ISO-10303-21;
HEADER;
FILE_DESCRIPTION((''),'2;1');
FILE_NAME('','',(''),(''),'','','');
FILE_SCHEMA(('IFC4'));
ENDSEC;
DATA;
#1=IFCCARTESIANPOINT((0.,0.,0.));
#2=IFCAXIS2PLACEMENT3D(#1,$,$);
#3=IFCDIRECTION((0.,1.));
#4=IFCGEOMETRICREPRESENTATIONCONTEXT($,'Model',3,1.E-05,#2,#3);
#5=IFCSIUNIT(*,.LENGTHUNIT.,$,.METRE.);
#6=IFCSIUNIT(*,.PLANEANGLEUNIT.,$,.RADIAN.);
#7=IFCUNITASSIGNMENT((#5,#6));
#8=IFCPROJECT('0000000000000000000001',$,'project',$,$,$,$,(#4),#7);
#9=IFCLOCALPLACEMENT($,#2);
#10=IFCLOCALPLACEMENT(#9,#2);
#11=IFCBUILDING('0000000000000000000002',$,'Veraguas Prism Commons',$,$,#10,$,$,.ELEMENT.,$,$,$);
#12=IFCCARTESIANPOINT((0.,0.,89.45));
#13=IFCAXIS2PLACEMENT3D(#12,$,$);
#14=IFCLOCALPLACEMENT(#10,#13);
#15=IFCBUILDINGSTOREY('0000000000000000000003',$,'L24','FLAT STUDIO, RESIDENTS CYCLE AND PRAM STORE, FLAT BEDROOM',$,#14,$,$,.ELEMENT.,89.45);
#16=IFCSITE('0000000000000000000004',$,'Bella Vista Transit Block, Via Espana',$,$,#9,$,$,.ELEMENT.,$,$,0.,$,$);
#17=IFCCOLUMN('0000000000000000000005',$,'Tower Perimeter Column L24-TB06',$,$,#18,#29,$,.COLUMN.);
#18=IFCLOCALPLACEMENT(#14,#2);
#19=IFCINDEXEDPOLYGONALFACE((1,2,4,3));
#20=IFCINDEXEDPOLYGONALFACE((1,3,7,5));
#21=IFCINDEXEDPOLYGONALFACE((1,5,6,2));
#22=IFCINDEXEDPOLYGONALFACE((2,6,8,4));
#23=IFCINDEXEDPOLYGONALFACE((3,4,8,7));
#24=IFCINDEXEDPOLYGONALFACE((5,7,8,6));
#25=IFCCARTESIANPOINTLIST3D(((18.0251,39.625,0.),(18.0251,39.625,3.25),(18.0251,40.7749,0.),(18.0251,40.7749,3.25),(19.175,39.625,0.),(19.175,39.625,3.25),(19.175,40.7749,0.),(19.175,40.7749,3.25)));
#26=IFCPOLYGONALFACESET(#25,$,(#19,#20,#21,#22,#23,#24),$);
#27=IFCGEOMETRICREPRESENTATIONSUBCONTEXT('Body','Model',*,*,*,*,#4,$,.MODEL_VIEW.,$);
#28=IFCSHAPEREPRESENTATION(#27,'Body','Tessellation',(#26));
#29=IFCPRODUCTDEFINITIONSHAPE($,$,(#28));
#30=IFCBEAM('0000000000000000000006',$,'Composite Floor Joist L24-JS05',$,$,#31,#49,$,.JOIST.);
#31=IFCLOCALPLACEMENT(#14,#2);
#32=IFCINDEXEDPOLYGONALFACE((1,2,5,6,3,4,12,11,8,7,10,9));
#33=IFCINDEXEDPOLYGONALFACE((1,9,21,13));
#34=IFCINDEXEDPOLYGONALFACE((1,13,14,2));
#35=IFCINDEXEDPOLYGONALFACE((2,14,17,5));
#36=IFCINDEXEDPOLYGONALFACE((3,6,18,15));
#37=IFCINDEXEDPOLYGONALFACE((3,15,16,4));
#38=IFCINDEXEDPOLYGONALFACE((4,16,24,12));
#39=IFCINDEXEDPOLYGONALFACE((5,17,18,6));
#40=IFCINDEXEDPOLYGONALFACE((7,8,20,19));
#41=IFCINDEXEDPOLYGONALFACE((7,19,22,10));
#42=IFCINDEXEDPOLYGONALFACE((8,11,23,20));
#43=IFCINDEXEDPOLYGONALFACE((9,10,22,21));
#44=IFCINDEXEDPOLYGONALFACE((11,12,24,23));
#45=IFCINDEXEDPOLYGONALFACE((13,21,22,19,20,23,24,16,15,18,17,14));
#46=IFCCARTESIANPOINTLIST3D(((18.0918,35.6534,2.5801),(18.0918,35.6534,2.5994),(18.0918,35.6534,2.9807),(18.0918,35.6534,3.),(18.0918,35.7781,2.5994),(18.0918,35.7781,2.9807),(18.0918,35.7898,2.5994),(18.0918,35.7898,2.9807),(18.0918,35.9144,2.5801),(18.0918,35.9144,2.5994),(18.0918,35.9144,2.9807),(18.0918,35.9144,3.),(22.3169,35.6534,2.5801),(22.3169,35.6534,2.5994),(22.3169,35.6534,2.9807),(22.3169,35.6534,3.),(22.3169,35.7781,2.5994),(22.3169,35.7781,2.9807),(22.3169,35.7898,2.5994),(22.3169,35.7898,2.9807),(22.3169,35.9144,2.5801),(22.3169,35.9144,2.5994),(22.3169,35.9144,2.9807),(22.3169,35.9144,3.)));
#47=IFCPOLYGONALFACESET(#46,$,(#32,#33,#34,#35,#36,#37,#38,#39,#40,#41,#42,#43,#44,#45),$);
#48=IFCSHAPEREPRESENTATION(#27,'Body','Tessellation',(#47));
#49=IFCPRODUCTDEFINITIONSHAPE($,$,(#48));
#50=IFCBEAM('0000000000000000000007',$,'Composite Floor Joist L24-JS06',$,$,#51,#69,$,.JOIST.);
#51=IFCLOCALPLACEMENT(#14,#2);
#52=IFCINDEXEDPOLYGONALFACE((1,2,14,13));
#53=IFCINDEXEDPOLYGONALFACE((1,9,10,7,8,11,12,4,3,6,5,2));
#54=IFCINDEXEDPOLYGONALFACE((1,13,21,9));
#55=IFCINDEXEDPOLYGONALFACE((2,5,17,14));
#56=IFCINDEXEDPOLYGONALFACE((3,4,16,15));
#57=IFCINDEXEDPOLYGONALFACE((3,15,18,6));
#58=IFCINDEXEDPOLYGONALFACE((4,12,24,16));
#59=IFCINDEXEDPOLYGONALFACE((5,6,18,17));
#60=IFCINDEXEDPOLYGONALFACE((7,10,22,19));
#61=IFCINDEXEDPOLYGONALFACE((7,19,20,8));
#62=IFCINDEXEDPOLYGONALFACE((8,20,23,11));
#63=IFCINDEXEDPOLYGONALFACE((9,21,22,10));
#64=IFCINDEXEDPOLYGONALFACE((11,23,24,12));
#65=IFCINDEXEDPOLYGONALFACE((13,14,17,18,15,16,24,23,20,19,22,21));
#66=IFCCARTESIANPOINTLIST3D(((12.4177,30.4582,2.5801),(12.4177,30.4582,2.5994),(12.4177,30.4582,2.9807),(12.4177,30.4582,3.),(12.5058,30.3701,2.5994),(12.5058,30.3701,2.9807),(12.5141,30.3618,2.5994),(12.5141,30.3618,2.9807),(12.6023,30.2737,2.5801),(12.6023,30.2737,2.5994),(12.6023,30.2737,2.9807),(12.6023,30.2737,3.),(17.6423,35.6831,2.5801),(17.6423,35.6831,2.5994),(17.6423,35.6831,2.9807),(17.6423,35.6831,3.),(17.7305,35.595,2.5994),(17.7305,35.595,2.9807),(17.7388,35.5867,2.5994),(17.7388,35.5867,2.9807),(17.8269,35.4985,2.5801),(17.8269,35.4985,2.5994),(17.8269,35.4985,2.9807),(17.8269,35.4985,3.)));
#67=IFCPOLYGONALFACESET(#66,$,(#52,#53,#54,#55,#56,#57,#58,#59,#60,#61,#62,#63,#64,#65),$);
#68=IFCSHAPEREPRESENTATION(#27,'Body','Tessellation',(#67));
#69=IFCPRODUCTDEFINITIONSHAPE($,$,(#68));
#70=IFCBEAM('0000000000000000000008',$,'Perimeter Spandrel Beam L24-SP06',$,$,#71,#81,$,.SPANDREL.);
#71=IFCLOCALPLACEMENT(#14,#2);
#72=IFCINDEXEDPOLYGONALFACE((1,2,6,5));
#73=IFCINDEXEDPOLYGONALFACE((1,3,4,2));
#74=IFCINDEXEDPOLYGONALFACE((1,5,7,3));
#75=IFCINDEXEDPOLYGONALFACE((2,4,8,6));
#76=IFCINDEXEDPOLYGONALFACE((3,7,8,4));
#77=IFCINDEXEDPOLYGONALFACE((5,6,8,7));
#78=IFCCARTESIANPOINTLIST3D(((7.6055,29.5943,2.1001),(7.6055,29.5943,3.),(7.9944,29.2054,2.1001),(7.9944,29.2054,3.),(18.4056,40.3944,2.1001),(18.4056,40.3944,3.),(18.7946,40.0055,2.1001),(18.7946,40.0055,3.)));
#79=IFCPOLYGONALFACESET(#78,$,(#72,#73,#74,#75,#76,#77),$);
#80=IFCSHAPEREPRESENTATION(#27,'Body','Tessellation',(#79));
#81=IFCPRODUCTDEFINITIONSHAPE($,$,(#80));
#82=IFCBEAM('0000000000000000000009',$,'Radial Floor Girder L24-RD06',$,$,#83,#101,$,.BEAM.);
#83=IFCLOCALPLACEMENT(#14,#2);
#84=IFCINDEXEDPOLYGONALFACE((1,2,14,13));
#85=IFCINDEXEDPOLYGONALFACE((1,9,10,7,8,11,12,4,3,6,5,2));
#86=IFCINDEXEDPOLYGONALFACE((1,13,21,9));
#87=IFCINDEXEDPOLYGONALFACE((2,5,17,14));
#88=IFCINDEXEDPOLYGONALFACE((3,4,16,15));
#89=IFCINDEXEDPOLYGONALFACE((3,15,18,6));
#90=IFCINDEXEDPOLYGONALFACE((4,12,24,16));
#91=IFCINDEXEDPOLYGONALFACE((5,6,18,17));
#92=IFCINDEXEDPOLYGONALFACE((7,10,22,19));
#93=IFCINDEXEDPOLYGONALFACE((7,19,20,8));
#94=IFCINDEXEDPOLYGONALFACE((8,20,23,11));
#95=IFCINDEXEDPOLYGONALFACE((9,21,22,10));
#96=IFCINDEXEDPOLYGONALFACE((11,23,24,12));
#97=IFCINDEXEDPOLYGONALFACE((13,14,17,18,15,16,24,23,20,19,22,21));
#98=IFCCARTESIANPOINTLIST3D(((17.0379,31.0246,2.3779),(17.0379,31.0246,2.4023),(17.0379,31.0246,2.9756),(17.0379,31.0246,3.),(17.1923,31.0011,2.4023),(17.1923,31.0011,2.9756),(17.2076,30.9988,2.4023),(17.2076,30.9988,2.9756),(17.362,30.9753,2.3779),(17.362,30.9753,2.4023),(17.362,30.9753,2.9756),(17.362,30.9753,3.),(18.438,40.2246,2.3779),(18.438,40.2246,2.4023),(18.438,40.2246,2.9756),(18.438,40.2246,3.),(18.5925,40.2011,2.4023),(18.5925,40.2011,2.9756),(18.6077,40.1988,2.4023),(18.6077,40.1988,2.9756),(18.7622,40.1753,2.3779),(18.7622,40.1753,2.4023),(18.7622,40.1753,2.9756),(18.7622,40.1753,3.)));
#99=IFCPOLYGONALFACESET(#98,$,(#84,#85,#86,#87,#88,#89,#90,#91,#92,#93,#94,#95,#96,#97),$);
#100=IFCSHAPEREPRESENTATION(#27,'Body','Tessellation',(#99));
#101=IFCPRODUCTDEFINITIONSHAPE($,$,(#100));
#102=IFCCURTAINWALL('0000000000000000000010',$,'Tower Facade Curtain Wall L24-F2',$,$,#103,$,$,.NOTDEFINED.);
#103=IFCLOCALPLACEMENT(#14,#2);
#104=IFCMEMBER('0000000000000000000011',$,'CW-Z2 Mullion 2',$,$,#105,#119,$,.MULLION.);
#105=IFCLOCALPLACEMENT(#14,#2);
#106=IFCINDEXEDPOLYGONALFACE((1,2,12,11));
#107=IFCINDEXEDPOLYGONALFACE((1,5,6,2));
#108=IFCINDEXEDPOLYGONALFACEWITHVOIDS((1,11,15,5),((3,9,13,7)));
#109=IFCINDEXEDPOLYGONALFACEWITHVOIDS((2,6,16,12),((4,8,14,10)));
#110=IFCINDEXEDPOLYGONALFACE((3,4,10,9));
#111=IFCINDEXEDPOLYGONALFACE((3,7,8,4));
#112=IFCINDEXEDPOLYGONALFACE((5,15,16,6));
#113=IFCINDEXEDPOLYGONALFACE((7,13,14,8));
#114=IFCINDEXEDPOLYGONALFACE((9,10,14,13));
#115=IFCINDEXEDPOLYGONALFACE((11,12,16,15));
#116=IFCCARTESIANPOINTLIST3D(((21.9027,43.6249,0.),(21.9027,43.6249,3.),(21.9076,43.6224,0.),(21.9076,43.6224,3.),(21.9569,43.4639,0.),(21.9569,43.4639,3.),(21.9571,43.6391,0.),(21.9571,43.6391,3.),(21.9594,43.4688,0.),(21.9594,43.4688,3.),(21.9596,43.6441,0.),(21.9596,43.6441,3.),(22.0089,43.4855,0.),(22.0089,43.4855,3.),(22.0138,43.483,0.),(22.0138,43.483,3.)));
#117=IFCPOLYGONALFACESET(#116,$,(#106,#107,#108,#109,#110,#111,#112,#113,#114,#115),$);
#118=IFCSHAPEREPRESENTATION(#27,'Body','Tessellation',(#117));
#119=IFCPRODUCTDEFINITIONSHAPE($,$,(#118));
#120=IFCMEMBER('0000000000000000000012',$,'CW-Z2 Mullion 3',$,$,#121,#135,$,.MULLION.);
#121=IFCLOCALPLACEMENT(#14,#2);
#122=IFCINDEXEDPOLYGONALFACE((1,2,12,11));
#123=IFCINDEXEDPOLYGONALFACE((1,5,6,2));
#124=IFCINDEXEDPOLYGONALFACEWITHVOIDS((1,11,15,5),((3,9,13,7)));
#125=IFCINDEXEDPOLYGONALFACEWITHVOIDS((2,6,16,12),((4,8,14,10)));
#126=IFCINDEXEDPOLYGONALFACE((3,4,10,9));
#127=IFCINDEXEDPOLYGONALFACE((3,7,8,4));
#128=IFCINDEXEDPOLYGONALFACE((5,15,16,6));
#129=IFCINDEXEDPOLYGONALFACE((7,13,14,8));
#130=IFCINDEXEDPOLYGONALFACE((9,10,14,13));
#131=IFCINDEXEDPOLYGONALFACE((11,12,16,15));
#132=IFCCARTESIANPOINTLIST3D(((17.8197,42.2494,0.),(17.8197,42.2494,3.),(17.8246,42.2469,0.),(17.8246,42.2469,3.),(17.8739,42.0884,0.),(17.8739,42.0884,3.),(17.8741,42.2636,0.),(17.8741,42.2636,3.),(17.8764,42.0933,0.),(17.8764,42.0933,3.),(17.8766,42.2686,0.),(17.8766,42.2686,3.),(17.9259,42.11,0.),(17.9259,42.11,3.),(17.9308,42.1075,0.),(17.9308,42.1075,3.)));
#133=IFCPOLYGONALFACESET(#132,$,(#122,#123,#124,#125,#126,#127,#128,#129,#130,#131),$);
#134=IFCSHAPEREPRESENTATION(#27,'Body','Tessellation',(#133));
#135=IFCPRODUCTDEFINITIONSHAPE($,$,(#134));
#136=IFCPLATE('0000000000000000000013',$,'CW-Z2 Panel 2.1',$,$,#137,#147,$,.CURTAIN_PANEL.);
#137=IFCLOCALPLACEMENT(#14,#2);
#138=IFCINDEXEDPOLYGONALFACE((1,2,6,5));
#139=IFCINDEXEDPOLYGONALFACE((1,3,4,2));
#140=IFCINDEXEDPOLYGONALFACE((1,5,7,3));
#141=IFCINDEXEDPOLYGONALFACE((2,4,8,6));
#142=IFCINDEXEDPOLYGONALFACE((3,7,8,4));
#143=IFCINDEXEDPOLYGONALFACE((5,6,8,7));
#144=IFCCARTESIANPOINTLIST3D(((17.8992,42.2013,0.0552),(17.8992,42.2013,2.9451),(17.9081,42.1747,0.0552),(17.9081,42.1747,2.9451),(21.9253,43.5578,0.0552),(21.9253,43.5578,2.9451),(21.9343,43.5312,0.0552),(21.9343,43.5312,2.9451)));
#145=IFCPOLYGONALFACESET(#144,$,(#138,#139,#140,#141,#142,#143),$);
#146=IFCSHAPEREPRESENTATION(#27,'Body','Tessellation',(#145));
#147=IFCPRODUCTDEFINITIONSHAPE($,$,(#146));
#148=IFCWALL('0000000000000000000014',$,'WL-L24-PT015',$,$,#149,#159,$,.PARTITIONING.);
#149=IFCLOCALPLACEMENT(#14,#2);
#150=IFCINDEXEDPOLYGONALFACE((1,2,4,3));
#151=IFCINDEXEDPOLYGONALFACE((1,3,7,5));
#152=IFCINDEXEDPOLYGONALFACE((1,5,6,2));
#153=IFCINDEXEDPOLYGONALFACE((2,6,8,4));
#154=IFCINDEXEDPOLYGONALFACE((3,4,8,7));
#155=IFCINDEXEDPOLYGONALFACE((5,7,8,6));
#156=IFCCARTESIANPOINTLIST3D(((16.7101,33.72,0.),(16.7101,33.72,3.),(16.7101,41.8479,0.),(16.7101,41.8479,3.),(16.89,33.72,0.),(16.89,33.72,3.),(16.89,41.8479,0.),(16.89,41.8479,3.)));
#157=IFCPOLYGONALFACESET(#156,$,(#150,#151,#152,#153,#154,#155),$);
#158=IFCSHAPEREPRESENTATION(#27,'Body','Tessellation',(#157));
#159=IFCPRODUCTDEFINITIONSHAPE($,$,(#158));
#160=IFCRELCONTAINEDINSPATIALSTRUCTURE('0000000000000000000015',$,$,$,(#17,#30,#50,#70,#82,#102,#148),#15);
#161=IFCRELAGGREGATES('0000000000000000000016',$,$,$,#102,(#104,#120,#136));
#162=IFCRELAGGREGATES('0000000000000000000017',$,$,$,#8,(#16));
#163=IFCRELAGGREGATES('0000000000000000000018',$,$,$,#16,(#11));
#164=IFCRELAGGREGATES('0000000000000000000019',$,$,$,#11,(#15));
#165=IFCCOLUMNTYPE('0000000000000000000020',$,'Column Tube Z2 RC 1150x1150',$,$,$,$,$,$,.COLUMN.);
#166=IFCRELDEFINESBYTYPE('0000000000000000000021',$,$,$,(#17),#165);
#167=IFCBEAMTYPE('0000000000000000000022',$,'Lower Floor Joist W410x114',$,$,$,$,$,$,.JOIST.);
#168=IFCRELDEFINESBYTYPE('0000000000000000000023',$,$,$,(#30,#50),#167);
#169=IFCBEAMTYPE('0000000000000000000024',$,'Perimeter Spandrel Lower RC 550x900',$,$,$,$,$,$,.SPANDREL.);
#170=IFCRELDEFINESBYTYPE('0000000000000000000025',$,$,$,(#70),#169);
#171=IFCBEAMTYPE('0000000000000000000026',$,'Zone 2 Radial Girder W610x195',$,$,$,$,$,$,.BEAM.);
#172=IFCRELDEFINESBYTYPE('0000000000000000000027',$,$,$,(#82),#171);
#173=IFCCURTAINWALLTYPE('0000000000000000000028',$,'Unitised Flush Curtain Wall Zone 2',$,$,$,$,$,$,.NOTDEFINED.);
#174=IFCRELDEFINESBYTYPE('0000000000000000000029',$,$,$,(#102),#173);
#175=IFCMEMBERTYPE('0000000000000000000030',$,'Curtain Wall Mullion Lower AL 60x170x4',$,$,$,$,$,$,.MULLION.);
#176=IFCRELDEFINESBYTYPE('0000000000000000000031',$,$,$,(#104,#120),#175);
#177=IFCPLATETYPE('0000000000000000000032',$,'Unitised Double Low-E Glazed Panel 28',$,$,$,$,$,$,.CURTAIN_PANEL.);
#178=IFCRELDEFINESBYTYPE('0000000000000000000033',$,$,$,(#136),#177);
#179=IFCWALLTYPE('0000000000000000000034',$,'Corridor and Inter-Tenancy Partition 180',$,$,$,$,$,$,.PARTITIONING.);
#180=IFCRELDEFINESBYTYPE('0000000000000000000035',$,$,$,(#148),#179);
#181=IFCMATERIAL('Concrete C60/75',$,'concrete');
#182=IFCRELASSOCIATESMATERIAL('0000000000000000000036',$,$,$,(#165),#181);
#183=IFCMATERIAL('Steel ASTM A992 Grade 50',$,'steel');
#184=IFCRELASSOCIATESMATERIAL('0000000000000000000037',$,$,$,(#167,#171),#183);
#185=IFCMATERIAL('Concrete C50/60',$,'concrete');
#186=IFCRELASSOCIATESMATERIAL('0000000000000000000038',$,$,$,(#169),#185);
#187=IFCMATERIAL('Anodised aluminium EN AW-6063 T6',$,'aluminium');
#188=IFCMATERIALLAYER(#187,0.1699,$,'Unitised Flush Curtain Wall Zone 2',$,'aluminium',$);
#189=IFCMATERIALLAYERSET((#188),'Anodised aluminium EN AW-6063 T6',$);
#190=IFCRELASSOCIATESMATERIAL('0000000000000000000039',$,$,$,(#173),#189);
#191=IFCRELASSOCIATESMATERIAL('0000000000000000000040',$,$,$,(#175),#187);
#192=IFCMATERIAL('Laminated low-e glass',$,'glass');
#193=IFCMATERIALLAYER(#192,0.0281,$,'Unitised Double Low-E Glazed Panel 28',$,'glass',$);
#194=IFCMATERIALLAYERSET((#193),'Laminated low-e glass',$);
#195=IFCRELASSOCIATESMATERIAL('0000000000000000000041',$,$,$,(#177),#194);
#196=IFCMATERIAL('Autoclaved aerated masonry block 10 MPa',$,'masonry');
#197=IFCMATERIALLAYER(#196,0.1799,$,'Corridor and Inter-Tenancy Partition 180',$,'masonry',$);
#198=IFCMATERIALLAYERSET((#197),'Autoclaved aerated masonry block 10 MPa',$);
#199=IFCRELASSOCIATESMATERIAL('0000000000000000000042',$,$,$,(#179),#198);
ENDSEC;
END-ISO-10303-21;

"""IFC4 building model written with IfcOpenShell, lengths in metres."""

from ifc_helpers import new_model, si_unit, direction, frame, frame_2d, origin, origin_2d, place, context, subcontext, project, spatial, rectangle, hollow_rectangle, i_section, extrude, source, transform, mapped, material, layer, layer_set, material_profile, profile_set, type_object, element, aggregate, save


model = new_model("IFC4")

# Units and contexts
model_context = context("Model", 3, precision=1e-05, world=origin(), true_north=direction((0.0, 1.0)))
body_context = subcontext(model_context, "Body", "Model", "MODEL_VIEW")
ifc_project = project(units=[si_unit("LENGTHUNIT", "METRE"), si_unit("PLANEANGLEUNIT", "RADIAN")], contexts=[model_context])

# Site, building, storey
site_placement = place(None, origin())
site = spatial("IfcSite", under=ifc_project, at=site_placement, Name="Bella Vista Transit Block, Via Espana", CompositionType="ELEMENT", RefElevation=0.0)
building_placement = place(site_placement, origin())
building = spatial("IfcBuilding", under=site, at=building_placement, Name="Veraguas Prism Commons", CompositionType="ELEMENT")
storey_placement = place(building_placement, frame((0.0, 0.0, 89.45)))
storey = spatial("IfcBuildingStorey", under=building, at=storey_placement, Name="L24", Description="FLAT STUDIO, RESIDENTS CYCLE AND PRAM STORE, FLAT BEDROOM", CompositionType="ELEMENT", Elevation=89.45)

# Column
ifc_material_1 = material(Name="Concrete C60/75", Category="concrete")
ifc_material_profile_1 = material_profile(ifc_material_1, rectangle(XDim=1.1499, YDim=1.1499, at=origin_2d()), Name="RC1150X1150")
ifc_profile_set_1 = profile_set([ifc_material_profile_1], Name="Concrete C60/75")
column_type = type_object("IfcColumnType", Name="Column Tube Z2 RC 1150x1150", PredefinedType="COLUMN", material=ifc_profile_set_1)
column_placement = place(storey_placement, frame((18.6001, 40.2, 0.0), z_axis=(0.0, 0.0, 1.0), x_axis=(1.0, 0.0, 0.0)))
element("IfcColumn", 1, at=column_placement, inside=storey, type_object=column_type, Name="Tower Perimeter Column L24-TB06", PredefinedType="COLUMN", context=body_context, shape_type="SweptSolid", body=[
    extrude(rectangle(XDim=1.1499, YDim=1.1499, at=origin_2d()), origin(), (0.0, 0.0, 1.0), 3.25),
])

# Beams
ifc_material_2 = material(Name="Steel ASTM A992 Grade 50", Category="steel")
ifc_material_profile_2 = material_profile(ifc_material_2, i_section(OverallWidth=0.261, OverallDepth=0.4199, WebThickness=0.0117, FlangeThickness=0.0193, at=origin_2d()), Name="W410X114")
ifc_profile_set_2 = profile_set([ifc_material_profile_2], Name="Steel ASTM A992 Grade 50")
beam_type_1 = type_object("IfcBeamType", Name="Lower Floor Joist W410x114", PredefinedType="JOIST", material=ifc_profile_set_2)
beam_1_placement = place(storey_placement, frame((22.3169, 35.7839, 2.79), z_axis=(-1.0, 0.0, 0.0), x_axis=(0.0, -1.0, 0.0)))
element("IfcBeam", 2, at=beam_1_placement, inside=storey, type_object=beam_type_1, Name="Composite Floor Joist L24-JS05", PredefinedType="JOIST", context=body_context, shape_type="SweptSolid", body=[
    extrude(i_section(OverallWidth=0.261, OverallDepth=0.4199, WebThickness=0.0117, FlangeThickness=0.0193, at=origin_2d()), origin(), (0.0, 0.0, 1.0), 4.2251),
])
beam_2_placement = place(storey_placement, frame((17.7346, 35.5908, 2.79), z_axis=(-0.70709, -0.707123, 0.0), x_axis=(0.707123, -0.70709, 0.0)))
element("IfcBeam", 3, at=beam_2_placement, inside=storey, type_object=beam_type_1, Name="Composite Floor Joist L24-JS06", PredefinedType="JOIST", context=body_context, shape_type="SweptSolid", body=[
    extrude(i_section(OverallWidth=0.261, OverallDepth=0.4199, WebThickness=0.0117, FlangeThickness=0.0193, at=origin_2d()), origin(), (0.0, 0.0, 1.0), 7.3889),
])
ifc_material_3 = material(Name="Concrete C50/60", Category="concrete")
ifc_material_profile_3 = material_profile(ifc_material_3, rectangle(XDim=0.55, YDim=0.8999, at=origin_2d()), Name="RC550X900")
ifc_profile_set_3 = profile_set([ifc_material_profile_3], Name="Concrete C50/60")
beam_type_2 = type_object("IfcBeamType", Name="Perimeter Spandrel Lower RC 550x900", PredefinedType="SPANDREL", material=ifc_profile_set_3)
beam_3_placement = place(storey_placement, frame((18.6001, 40.2, 2.55), z_axis=(-0.707107, -0.707107, 0.0), x_axis=(0.707107, -0.707107, 0.0)))
element("IfcBeam", 4, at=beam_3_placement, inside=storey, type_object=beam_type_2, Name="Perimeter Spandrel Beam L24-SP06", PredefinedType="SPANDREL", context=body_context, shape_type="SweptSolid", body=[
    extrude(rectangle(XDim=0.55, YDim=0.8999, at=origin_2d()), origin(), (0.0, 0.0, 1.0), 15.2737),
])
ifc_material_profile_4 = material_profile(ifc_material_2, i_section(OverallWidth=0.3279, OverallDepth=0.6221, WebThickness=0.0154, FlangeThickness=0.0244, at=origin_2d()), Name="W610X195")
ifc_profile_set_4 = profile_set([ifc_material_profile_4], Name="Steel ASTM A992 Grade 50")
beam_type_3 = type_object("IfcBeamType", Name="Zone 2 Radial Girder W610x195", PredefinedType="BEAM", material=ifc_profile_set_4)
beam_4_placement = place(storey_placement, frame((18.6001, 40.2, 2.689), z_axis=(-0.150458, -0.988616, 0.0), x_axis=(0.988616, -0.150458, 0.0)))
element("IfcBeam", 5, at=beam_4_placement, inside=storey, type_object=beam_type_3, Name="Radial Floor Girder L24-RD06", PredefinedType="BEAM", context=body_context, shape_type="SweptSolid", body=[
    extrude(i_section(OverallWidth=0.3279, OverallDepth=0.6221, WebThickness=0.0154, FlangeThickness=0.0244, at=origin_2d()), origin(), (0.0, 0.0, 1.0), 9.3059),
])

# Curtain wall, members, plate
ifc_material_4 = material(Name="Anodised aluminium EN AW-6063 T6", Category="aluminium")
ifc_layer_1 = layer(ifc_material_4, 0.1699, Name="Unitised Flush Curtain Wall Zone 2", Category="aluminium")
ifc_layer_set_1 = layer_set([ifc_layer_1], Name="Anodised aluminium EN AW-6063 T6")
curtain_wall_type = type_object("IfcCurtainWallType", Name="Unitised Flush Curtain Wall Zone 2", PredefinedType="NOTDEFINED", material=ifc_layer_set_1)
curtain_wall_placement = place(storey_placement, origin())
curtain_wall = element("IfcCurtainWall", 6, at=curtain_wall_placement, inside=storey, type_object=curtain_wall_type, Name="Tower Facade Curtain Wall L24-F2", PredefinedType="NOTDEFINED")
ifc_material_profile_5 = material_profile(ifc_material_4, hollow_rectangle(XDim=0.0601, YDim=0.1699, WallThickness=0.0039, at=origin_2d()), Name="AL60X170X4")
ifc_profile_set_5 = profile_set([ifc_material_profile_5], Name="Anodised aluminium EN AW-6063 T6")
member_type = type_object("IfcMemberType", Name="Curtain Wall Mullion Lower AL 60x170x4", PredefinedType="MULLION", material=ifc_profile_set_5)
shared_shape_1 = source(origin(), body_context, "Body", "SweptSolid", [
    extrude(hollow_rectangle(XDim=0.0601, YDim=0.1699, WallThickness=0.0039, at=origin_2d()), origin(), (0.0, 0.0, 1.0), 3.0),
])
member_1_placement = place(storey_placement, frame((21.9583, 43.554, 0.0), z_axis=(0.0, 0.0, 1.0), x_axis=(-0.947659, -0.319284, 0.0)))
member_1 = element("IfcMember", 7, at=member_1_placement, type_object=member_type, Name="CW-Z2 Mullion 2", PredefinedType="MULLION", context=body_context, shape_type="MappedRepresentation", body=[
    mapped(shared_shape_1, transform((0.0, 0.0, 0.0), scale=1.0)),
])
member_2_placement = place(storey_placement, frame((17.8752, 42.1785, 0.0), z_axis=(0.0, 0.0, 1.0), x_axis=(-0.947659, -0.319284, 0.0)))
member_2 = element("IfcMember", 8, at=member_2_placement, type_object=member_type, Name="CW-Z2 Mullion 3", PredefinedType="MULLION", context=body_context, shape_type="MappedRepresentation", body=[
    mapped(shared_shape_1, transform((0.0, 0.0, 0.0), scale=1.0)),
])
ifc_material_5 = material(Name="Laminated low-e glass", Category="glass")
ifc_layer_2 = layer(ifc_material_5, 0.0281, Name="Unitised Double Low-E Glazed Panel 28", Category="glass")
ifc_layer_set_2 = layer_set([ifc_layer_2], Name="Laminated low-e glass")
plate_type = type_object("IfcPlateType", Name="Unitised Double Low-E Glazed Panel 28", PredefinedType="CURTAIN_PANEL", material=ifc_layer_set_2)
shared_shape_2 = source(origin(), body_context, "Body", "SweptSolid", [
    extrude(rectangle(XDim=4.2485, YDim=0.0281, at=origin_2d()), origin(), (0.0, 0.0, 1.0), 2.8899),
])
plate_placement = place(storey_placement, frame((19.9167, 42.8662, 0.0552), z_axis=(0.0, 0.0, 1.0), x_axis=(-0.947659, -0.319284, 0.0)))
plate = element("IfcPlate", 9, at=plate_placement, type_object=plate_type, Name="CW-Z2 Panel 2.1", PredefinedType="CURTAIN_PANEL", context=body_context, shape_type="MappedRepresentation", body=[
    mapped(shared_shape_2, transform((0.0, 0.0, 0.0), scale=1.0)),
])
aggregate(curtain_wall, [member_1, member_2, plate])

# Wall
ifc_material_6 = material(Name="Autoclaved aerated masonry block 10 MPa", Category="masonry")
ifc_layer_3 = layer(ifc_material_6, 0.1799, Name="Corridor and Inter-Tenancy Partition 180", Category="masonry")
ifc_layer_set_3 = layer_set([ifc_layer_3], Name="Autoclaved aerated masonry block 10 MPa")
wall_type_1 = type_object("IfcWallType", Name="Corridor and Inter-Tenancy Partition 180", PredefinedType="PARTITIONING", material=ifc_layer_set_3)
wall_1_placement = place(storey_placement, frame((16.8, 33.72, 0.0), z_axis=(0.0, 0.0, 1.0), x_axis=(0.0, 1.0, 0.0)))
element("IfcWall", 10, at=wall_1_placement, inside=storey, type_object=wall_type_1, Name="WL-L24-PT015", PredefinedType="PARTITIONING", context=body_context, shape_type="SweptSolid", body=[
    extrude(rectangle(XDim=8.1279, YDim=0.1799, at=frame_2d((4.064, 0.0))), origin(), (0.0, 0.0, 1.0), 3.0),
])

save(model, "model.ifc")
